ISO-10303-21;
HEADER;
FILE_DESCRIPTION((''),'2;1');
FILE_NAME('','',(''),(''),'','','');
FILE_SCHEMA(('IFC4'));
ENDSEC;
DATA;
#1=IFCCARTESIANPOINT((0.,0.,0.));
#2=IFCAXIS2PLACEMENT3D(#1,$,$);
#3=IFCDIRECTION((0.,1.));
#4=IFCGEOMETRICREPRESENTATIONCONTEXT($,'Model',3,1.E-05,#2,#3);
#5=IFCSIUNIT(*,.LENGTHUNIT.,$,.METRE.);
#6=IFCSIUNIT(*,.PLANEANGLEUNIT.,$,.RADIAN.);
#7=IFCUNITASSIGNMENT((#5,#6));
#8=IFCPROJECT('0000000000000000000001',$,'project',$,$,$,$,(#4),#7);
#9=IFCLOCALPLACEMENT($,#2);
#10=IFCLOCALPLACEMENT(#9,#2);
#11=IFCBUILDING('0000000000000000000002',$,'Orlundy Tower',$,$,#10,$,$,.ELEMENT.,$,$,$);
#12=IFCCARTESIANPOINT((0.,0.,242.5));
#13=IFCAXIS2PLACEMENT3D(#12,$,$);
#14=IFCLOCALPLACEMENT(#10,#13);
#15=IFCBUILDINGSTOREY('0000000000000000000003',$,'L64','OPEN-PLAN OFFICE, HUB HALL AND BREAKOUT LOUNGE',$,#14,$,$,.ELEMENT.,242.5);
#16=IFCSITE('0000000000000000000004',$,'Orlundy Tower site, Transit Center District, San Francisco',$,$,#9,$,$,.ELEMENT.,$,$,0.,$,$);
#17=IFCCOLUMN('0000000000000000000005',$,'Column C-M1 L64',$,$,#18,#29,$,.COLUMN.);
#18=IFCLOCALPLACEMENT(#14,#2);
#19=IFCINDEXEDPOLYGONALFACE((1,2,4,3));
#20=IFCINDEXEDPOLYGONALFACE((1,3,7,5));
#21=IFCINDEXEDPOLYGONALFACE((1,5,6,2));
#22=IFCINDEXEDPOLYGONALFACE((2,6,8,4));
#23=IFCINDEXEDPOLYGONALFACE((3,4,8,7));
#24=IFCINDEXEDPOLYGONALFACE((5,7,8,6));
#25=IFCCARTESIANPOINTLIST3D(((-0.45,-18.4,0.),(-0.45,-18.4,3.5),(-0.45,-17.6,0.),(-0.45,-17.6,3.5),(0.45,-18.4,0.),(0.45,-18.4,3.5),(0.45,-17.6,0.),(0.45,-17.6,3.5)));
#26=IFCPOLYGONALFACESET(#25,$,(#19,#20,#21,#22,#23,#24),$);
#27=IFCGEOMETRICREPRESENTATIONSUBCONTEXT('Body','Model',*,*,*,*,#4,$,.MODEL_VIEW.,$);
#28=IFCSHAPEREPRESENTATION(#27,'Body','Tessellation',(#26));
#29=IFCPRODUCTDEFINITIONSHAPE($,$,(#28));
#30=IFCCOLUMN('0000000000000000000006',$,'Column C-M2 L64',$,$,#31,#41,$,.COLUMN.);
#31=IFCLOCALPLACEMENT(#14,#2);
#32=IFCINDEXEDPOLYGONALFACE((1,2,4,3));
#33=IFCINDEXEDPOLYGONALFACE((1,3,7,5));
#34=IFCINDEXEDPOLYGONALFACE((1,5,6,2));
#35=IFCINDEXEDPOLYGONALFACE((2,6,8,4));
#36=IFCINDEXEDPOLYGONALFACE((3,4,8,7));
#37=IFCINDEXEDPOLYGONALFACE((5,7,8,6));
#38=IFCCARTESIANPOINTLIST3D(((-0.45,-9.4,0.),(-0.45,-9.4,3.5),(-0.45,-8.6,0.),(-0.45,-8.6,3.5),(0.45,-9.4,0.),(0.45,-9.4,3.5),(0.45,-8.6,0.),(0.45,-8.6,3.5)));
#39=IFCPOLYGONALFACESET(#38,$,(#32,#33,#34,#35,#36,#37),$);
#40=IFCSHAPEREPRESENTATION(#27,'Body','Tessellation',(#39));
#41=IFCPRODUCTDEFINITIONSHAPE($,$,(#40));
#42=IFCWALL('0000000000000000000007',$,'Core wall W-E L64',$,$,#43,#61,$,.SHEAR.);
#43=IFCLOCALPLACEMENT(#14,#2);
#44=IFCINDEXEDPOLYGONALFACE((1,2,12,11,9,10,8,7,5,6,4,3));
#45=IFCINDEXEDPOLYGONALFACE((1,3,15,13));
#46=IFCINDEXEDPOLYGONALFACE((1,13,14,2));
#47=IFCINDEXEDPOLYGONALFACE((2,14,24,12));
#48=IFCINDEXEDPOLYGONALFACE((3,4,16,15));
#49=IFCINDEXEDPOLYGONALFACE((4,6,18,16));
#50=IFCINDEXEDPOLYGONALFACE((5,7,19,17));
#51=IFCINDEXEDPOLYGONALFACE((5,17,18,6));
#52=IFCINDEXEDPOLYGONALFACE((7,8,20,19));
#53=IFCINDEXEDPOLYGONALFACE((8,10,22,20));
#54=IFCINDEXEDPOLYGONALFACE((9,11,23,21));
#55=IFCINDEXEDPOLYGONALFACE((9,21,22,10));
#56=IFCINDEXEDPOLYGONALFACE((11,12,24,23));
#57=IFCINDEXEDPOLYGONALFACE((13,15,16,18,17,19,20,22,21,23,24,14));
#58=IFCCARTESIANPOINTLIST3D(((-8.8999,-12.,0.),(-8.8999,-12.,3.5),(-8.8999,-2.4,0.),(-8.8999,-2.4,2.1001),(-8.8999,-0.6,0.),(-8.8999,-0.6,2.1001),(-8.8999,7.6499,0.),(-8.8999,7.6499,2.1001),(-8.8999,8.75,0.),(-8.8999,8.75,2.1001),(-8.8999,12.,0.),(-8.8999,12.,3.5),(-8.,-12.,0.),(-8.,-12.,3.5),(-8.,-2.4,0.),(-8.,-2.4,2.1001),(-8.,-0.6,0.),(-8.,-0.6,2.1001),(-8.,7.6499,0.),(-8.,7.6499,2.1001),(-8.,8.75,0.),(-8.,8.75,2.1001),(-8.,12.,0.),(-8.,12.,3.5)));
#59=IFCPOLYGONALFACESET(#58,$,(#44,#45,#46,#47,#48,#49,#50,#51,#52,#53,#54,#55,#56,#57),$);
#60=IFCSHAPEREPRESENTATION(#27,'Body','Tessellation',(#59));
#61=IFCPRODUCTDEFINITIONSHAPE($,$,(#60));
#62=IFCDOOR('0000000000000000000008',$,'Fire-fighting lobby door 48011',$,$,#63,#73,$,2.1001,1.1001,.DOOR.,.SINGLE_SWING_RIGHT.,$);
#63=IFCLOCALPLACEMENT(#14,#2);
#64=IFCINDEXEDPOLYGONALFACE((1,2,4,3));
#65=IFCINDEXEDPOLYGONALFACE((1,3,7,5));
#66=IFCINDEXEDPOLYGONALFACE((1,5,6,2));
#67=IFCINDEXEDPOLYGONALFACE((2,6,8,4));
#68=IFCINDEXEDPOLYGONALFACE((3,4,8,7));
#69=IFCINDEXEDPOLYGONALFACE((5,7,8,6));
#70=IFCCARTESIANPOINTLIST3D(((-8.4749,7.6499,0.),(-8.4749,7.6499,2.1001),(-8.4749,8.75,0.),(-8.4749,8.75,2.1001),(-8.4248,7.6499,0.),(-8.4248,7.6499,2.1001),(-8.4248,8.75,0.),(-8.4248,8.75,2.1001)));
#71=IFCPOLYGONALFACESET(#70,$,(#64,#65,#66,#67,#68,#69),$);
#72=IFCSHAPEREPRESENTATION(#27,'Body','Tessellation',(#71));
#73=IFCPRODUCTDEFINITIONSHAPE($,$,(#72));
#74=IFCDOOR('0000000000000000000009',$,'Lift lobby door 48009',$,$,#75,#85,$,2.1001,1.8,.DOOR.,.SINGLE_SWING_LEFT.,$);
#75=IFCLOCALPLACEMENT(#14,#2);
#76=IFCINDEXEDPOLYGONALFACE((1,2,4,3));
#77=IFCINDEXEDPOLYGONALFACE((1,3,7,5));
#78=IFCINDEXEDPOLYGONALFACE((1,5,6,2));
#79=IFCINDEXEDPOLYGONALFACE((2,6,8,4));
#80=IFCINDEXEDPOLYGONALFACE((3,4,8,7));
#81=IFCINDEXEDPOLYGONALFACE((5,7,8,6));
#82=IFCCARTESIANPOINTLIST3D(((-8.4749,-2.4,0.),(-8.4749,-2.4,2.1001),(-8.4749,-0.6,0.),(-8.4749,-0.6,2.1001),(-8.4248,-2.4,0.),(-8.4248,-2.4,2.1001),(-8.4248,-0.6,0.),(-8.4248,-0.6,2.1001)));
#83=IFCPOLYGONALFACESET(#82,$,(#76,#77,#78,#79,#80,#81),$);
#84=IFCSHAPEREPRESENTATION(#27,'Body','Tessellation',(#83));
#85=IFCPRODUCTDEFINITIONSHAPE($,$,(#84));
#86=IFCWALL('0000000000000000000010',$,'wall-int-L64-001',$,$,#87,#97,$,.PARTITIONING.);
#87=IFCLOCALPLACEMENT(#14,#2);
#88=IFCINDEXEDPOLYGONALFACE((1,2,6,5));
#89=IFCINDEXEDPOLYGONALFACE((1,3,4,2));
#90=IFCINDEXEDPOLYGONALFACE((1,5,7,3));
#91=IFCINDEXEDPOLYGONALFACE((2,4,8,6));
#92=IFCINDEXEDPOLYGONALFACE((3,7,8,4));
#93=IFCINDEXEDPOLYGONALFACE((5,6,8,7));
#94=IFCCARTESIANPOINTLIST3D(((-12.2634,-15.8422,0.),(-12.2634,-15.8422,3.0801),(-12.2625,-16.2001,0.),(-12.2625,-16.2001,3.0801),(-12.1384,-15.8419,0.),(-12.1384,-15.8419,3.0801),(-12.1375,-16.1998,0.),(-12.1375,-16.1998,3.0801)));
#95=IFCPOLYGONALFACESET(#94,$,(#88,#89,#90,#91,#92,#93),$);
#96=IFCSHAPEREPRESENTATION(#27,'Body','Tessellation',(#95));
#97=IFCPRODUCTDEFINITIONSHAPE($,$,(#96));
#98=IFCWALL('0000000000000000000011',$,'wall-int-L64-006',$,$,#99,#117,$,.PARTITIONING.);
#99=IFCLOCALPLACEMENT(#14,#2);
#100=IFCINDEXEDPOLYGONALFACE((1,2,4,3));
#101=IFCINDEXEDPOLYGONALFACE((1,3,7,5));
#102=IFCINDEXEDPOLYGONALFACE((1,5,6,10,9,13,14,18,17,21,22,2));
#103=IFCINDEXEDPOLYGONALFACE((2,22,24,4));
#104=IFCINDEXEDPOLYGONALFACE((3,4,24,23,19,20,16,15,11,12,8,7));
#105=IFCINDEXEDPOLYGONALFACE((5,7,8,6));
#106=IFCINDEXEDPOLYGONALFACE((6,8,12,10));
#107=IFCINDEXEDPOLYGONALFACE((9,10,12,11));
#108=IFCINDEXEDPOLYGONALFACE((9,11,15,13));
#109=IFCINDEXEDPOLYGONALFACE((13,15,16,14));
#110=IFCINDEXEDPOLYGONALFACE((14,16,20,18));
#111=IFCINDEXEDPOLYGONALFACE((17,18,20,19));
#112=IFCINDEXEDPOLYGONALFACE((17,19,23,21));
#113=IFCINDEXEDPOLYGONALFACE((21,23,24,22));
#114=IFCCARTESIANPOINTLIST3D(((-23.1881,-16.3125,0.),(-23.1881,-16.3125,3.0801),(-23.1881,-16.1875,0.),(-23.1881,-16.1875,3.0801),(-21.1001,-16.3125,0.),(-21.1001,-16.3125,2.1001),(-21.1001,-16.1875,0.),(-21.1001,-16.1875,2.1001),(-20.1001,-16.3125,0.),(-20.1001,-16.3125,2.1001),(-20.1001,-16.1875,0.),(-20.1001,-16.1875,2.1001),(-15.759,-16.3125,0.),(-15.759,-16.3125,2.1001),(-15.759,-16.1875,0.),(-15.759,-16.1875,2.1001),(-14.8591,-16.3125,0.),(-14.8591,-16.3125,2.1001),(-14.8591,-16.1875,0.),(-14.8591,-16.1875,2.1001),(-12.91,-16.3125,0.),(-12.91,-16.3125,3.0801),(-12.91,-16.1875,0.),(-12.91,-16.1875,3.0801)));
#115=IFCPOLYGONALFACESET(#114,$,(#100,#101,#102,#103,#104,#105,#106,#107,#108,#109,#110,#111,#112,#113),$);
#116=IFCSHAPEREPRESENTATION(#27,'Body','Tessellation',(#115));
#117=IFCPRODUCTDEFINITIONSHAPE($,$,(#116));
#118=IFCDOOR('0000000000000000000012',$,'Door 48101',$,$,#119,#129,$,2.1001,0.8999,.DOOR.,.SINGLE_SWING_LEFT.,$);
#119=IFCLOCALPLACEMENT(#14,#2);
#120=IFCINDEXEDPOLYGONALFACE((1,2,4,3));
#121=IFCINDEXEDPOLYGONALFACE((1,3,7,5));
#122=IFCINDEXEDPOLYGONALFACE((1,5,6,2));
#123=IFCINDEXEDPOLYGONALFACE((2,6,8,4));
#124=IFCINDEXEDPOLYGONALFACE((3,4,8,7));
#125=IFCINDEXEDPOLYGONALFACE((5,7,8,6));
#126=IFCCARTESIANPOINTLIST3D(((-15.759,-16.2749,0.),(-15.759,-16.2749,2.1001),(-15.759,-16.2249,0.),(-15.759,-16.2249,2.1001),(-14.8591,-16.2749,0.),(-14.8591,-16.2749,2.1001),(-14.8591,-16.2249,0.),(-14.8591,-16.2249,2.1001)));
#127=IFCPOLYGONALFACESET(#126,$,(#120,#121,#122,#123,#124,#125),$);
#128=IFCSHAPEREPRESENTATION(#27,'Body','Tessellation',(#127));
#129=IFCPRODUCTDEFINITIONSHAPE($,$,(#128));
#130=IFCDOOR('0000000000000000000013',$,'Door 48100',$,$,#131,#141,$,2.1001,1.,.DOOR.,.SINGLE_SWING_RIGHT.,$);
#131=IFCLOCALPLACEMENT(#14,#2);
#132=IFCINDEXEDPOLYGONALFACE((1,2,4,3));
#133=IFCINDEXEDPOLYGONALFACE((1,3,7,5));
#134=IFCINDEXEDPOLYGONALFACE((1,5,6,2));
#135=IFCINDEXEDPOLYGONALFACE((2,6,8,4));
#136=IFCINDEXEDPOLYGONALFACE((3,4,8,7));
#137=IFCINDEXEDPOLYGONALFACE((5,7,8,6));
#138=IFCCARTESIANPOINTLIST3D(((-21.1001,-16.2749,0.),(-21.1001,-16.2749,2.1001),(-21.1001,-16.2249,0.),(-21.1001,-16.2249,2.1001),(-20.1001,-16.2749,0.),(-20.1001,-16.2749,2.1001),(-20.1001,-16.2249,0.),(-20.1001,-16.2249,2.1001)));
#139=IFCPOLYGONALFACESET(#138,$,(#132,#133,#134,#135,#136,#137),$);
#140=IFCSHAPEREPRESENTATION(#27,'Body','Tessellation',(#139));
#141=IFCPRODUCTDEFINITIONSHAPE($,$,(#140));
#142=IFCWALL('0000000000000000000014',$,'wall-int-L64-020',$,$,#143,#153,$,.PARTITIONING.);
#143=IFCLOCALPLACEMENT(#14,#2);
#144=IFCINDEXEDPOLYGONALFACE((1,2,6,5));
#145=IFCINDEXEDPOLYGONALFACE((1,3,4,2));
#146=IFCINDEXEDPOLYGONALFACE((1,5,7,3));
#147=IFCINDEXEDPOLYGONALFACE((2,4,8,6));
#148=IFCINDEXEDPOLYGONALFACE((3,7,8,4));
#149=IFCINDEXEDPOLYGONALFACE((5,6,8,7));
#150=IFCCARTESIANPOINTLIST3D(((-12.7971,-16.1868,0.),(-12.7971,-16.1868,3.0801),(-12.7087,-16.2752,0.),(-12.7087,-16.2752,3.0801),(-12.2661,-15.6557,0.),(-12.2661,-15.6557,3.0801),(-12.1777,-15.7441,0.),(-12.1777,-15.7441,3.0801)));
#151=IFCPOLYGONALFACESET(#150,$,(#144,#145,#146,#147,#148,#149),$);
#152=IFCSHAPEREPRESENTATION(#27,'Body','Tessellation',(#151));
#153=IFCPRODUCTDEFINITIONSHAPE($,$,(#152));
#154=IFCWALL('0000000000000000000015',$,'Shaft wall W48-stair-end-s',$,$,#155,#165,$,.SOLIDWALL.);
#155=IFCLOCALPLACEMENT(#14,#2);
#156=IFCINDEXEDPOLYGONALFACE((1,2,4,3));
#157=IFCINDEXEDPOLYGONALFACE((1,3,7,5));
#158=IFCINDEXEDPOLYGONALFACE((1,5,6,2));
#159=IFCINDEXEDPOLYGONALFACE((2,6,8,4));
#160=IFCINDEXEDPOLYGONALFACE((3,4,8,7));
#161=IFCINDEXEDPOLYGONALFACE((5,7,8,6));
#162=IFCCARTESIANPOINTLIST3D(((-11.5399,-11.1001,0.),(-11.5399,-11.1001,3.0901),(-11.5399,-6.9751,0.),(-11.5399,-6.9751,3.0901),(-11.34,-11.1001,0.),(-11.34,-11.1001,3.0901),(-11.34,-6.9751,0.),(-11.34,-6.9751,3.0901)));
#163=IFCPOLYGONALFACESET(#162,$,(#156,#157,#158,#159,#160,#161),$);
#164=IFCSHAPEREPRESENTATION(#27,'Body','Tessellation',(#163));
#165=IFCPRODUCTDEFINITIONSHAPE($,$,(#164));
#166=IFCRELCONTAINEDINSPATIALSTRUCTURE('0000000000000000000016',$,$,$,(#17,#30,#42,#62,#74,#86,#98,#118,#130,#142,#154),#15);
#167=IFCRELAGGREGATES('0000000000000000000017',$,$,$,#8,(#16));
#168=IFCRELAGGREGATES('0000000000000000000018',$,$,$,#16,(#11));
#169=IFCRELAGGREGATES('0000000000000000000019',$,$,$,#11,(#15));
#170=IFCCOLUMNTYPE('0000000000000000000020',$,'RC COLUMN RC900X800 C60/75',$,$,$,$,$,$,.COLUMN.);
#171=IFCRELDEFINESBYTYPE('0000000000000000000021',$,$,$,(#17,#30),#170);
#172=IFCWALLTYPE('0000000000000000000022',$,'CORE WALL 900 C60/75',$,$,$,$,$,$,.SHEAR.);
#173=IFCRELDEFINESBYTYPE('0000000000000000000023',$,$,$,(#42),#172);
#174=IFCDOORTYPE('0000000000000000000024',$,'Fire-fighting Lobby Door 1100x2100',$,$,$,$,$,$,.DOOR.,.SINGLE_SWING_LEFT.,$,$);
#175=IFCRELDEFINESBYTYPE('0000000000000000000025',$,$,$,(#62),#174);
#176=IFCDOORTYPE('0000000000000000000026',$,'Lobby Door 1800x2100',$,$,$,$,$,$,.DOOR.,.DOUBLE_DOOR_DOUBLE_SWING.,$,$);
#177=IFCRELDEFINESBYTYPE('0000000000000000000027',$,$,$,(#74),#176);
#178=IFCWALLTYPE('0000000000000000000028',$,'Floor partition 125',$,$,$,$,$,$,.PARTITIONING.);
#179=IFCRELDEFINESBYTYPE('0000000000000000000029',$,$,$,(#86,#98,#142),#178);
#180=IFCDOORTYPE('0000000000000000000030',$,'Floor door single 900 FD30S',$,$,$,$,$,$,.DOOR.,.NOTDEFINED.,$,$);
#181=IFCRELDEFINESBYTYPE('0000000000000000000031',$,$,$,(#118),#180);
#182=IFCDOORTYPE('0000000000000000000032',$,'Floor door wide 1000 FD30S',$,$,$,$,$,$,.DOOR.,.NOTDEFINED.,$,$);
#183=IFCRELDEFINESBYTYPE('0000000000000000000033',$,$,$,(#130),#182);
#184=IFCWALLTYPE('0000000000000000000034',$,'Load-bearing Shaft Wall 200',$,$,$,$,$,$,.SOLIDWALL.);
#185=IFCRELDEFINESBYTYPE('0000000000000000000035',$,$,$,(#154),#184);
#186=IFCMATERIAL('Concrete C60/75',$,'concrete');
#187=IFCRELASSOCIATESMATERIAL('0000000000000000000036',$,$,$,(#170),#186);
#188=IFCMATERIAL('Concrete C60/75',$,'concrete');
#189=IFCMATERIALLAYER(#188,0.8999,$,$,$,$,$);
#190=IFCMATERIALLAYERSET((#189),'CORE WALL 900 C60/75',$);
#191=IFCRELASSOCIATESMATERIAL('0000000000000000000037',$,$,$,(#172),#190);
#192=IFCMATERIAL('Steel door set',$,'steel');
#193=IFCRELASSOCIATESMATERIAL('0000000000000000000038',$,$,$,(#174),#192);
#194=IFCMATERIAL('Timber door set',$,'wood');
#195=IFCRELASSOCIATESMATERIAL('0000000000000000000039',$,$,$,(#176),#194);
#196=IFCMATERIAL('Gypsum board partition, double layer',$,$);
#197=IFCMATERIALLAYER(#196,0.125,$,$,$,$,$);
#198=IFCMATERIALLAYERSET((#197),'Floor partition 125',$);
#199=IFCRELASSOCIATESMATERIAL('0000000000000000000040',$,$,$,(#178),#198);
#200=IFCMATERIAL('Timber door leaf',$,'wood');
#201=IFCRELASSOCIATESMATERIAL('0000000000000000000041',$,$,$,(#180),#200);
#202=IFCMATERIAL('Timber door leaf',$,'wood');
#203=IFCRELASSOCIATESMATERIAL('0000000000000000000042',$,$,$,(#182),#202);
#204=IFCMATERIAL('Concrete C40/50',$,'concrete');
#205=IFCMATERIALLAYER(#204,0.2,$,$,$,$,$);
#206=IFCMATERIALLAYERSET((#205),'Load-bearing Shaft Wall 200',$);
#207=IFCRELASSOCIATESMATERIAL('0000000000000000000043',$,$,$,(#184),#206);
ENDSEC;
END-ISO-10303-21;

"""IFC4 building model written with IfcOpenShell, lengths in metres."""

from ifc_helpers import new_model, si_unit, direction, frame, frame_2d, origin, origin_2d, place, context, subcontext, project, spatial, rectangle, extrude, material, layer, layer_set, material_profile, profile_set, type_object, element, fill, save


model = new_model("IFC4")

# Units and contexts
model_context = context("Model", 3, precision=1e-05, world=origin(), true_north=direction((0.0, 1.0)))
body_context = subcontext(model_context, "Body", "Model", "MODEL_VIEW")
ifc_project = project(units=[si_unit("LENGTHUNIT", "METRE"), si_unit("PLANEANGLEUNIT", "RADIAN")], contexts=[model_context])

# Site, building, storey
site_placement = place(None, origin())
site = spatial("IfcSite", under=ifc_project, at=site_placement, Name="Orlundy Tower site, Transit Center District, San Francisco", CompositionType="ELEMENT", RefElevation=0.0)
building_placement = place(site_placement, origin())
building = spatial("IfcBuilding", under=site, at=building_placement, Name="Orlundy Tower", CompositionType="ELEMENT")
storey_placement = place(building_placement, frame((0.0, 0.0, 242.5)))
storey = spatial("IfcBuildingStorey", under=building, at=storey_placement, Name="L64", Description="OPEN-PLAN OFFICE, HUB HALL AND BREAKOUT LOUNGE", CompositionType="ELEMENT", Elevation=242.5)

# Columns
ifc_material_1 = material(Name="Concrete C60/75", Category="concrete")
ifc_material_profile = material_profile(ifc_material_1, rectangle(XDim=0.8999, YDim=0.8, at=origin_2d()), Name="RC900X800")
ifc_profile_set = profile_set([ifc_material_profile], Name="Concrete C60/75")
column_type = type_object("IfcColumnType", Name="RC COLUMN RC900X800 C60/75", PredefinedType="COLUMN", material=ifc_profile_set)
for number, where, z_axis, x_axis, name in (
    (1, (0.0, -18.0, 0.0), (0.0, 0.0, 1.0), (1.0, 0.0, 0.0), "Column C-M1 L64"),
    (2, (0.0, -9.0, 0.0), (0.0, 0.0, 1.0), (1.0, 0.0, 0.0), "Column C-M2 L64"),
):
    element("IfcColumn", number, at=place(storey_placement, frame(where, z_axis=z_axis, x_axis=x_axis)), inside=storey, type_object=column_type, Name=name, PredefinedType="COLUMN", context=body_context, shape_type="SweptSolid", body=[
        extrude(rectangle(XDim=0.8999, YDim=0.8, at=origin_2d()), origin(), (0.0, 0.0, 1.0), 3.5),
    ])

# Wall, openings, doors
ifc_material_2 = material(Name="Concrete C60/75", Category="concrete")
ifc_layer_1 = layer(ifc_material_2, 0.8999)
ifc_layer_set_1 = layer_set([ifc_layer_1], Name="CORE WALL 900 C60/75")
wall_type_1 = type_object("IfcWallType", Name="CORE WALL 900 C60/75", PredefinedType="SHEAR", material=ifc_layer_set_1)
wall_1_placement = place(storey_placement, frame((-8.45, -12.0, 0.0), z_axis=(0.0, 0.0, 1.0), x_axis=(0.0, 1.0, 0.0)))
wall_1 = element("IfcWall", 3, at=wall_1_placement, inside=storey, type_object=wall_type_1, Name="Core wall W-E L64", PredefinedType="SHEAR", context=body_context, shape_type="SweptSolid", body=[
    extrude(rectangle(XDim=24.0, YDim=0.8999, at=frame_2d((12.0, 0.0))), origin(), (0.0, 0.0, 1.0), 3.5),
])
opening_1_placement = place(wall_1_placement, frame((9.6001, 0.0, 0.0)))
opening_1 = element("IfcOpeningElement", 4, at=opening_1_placement, cuts=wall_1, PredefinedType="OPENING", context=body_context, shape_type="SweptSolid", body=[
    extrude(rectangle(XDim=1.8, YDim=2.1001, at=frame_2d((0.8999, 1.05))), frame((0.0, 0.46, 0.0), z_axis=(0.0, -1.0, 0.0), x_axis=(1.0, 0.0, 0.0)), (0.0, 0.0, 1.0), 0.9199),
])
opening_2_placement = place(wall_1_placement, frame((19.6499, 0.0, 0.0)))
opening_2 = element("IfcOpeningElement", 5, at=opening_2_placement, cuts=wall_1, PredefinedType="OPENING", context=body_context, shape_type="SweptSolid", body=[
    extrude(rectangle(XDim=1.1001, YDim=2.1001, at=frame_2d((0.55, 1.05))), frame((0.0, 0.46, 0.0), z_axis=(0.0, -1.0, 0.0), x_axis=(1.0, 0.0, 0.0)), (0.0, 0.0, 1.0), 0.9199),
])
ifc_material_3 = material(Name="Steel door set", Category="steel")
door_type_1 = type_object("IfcDoorType", Name="Fire-fighting Lobby Door 1100x2100", OperationType="SINGLE_SWING_LEFT", PredefinedType="DOOR", material=ifc_material_3)
door_1_placement = place(opening_2_placement, origin())
door_1 = element("IfcDoor", 6, at=door_1_placement, inside=storey, type_object=door_type_1, Name="Fire-fighting lobby door 48011", OperationType="SINGLE_SWING_RIGHT", OverallHeight=2.1001, OverallWidth=1.1001, PredefinedType="DOOR", context=body_context, shape_type="SweptSolid", body=[
    extrude(rectangle(XDim=1.1001, YDim=2.1001, at=frame_2d((0.55, 1.05))), frame((0.0, 0.0249, 0.0), z_axis=(0.0, -1.0, 0.0), x_axis=(1.0, 0.0, 0.0)), (0.0, 0.0, 1.0), 0.05),
])
fill(opening_2, door_1)
ifc_material_4 = material(Name="Timber door set", Category="wood")
door_type_2 = type_object("IfcDoorType", Name="Lobby Door 1800x2100", OperationType="DOUBLE_DOOR_DOUBLE_SWING", PredefinedType="DOOR", material=ifc_material_4)
door_2_placement = place(opening_1_placement, origin())
door_2 = element("IfcDoor", 7, at=door_2_placement, inside=storey, type_object=door_type_2, Name="Lift lobby door 48009", OperationType="SINGLE_SWING_LEFT", OverallHeight=2.1001, OverallWidth=1.8, PredefinedType="DOOR", context=body_context, shape_type="SweptSolid", body=[
    extrude(rectangle(XDim=1.8, YDim=2.1001, at=frame_2d((0.8999, 1.05))), frame((0.0, 0.0249, 0.0), z_axis=(0.0, -1.0, 0.0), x_axis=(1.0, 0.0, 0.0)), (0.0, 0.0, 1.0), 0.05),
])
fill(opening_1, door_2)

# Wall
ifc_material_5 = material(Name="Gypsum board partition, double layer")
ifc_layer_2 = layer(ifc_material_5, 0.125)
ifc_layer_set_2 = layer_set([ifc_layer_2], Name="Floor partition 125")
wall_type_2 = type_object("IfcWallType", Name="Floor partition 125", PredefinedType="PARTITIONING", material=ifc_layer_set_2)
wall_2_placement = place(storey_placement, frame((-12.2009, -15.842, 0.0), z_axis=(0.0, 0.0, 1.0), x_axis=(0.002729, -0.999996, 0.0)))
element("IfcWall", 8, at=wall_2_placement, inside=storey, type_object=wall_type_2, Name="wall-int-L64-001", PredefinedType="PARTITIONING", context=body_context, shape_type="SweptSolid", body=[
    extrude(rectangle(XDim=0.3579, YDim=0.125, at=frame_2d((0.179, 0.0))), origin(), (0.0, 0.0, 1.0), 3.0801),
])

# Wall, openings, doors
wall_3_placement = place(storey_placement, frame((-12.9099, -16.25, 0.0), z_axis=(0.0, 0.0, 1.0), x_axis=(-1.0, 0.0, 0.0)))
wall_3 = element("IfcWall", 9, at=wall_3_placement, inside=storey, type_object=wall_type_2, Name="wall-int-L64-006", PredefinedType="PARTITIONING", context=body_context, shape_type="SweptSolid", body=[
    extrude(rectangle(XDim=10.2781, YDim=0.125, at=frame_2d((5.1392, 0.0))), origin(), (0.0, 0.0, 1.0), 3.0801),
])
opening_3_placement = place(wall_3_placement, frame((7.1902, 0.0, 0.0)))
opening_3 = element("IfcOpeningElement", 10, at=opening_3_placement, cuts=wall_3, PredefinedType="OPENING", context=body_context, shape_type="SweptSolid", body=[
    extrude(rectangle(XDim=1.0, YDim=2.1001, at=frame_2d((0.5, 1.05))), frame((0.0, 0.0725, 0.0), z_axis=(0.0, -1.0, 0.0), x_axis=(1.0, 0.0, 0.0)), (0.0, 0.0, 1.0), 0.145),
])
opening_4_placement = place(wall_3_placement, frame((1.9492, 0.0, 0.0)))
opening_4 = element("IfcOpeningElement", 11, at=opening_4_placement, cuts=wall_3, PredefinedType="OPENING", context=body_context, shape_type="SweptSolid", body=[
    extrude(rectangle(XDim=0.8999, YDim=2.1001, at=frame_2d((0.45, 1.05))), frame((0.0, 0.0725, 0.0), z_axis=(0.0, -1.0, 0.0), x_axis=(1.0, 0.0, 0.0)), (0.0, 0.0, 1.0), 0.145),
])
ifc_material_6 = material(Name="Timber door leaf", Category="wood")
door_type_3 = type_object("IfcDoorType", Name="Floor door single 900 FD30S", OperationType="NOTDEFINED", PredefinedType="DOOR", material=ifc_material_6)
door_3_placement = place(opening_4_placement, origin())
door_3 = element("IfcDoor", 12, at=door_3_placement, inside=storey, type_object=door_type_3, Name="Door 48101", OperationType="SINGLE_SWING_LEFT", OverallHeight=2.1001, OverallWidth=0.8999, PredefinedType="DOOR", context=body_context, shape_type="SweptSolid", body=[
    extrude(rectangle(XDim=0.8999, YDim=2.1001, at=frame_2d((0.45, 1.05))), frame((0.0, 0.0249, 0.0), z_axis=(0.0, -1.0, 0.0), x_axis=(1.0, 0.0, 0.0)), (0.0, 0.0, 1.0), 0.05),
])
fill(opening_4, door_3)
ifc_material_7 = material(Name="Timber door leaf", Category="wood")
door_type_4 = type_object("IfcDoorType", Name="Floor door wide 1000 FD30S", OperationType="NOTDEFINED", PredefinedType="DOOR", material=ifc_material_7)
door_4_placement = place(opening_3_placement, origin())
door_4 = element("IfcDoor", 13, at=door_4_placement, inside=storey, type_object=door_type_4, Name="Door 48100", OperationType="SINGLE_SWING_RIGHT", OverallHeight=2.1001, OverallWidth=1.0, PredefinedType="DOOR", context=body_context, shape_type="SweptSolid", body=[
    extrude(rectangle(XDim=1.0, YDim=2.1001, at=frame_2d((0.5, 1.05))), frame((0.0, 0.0249, 0.0), z_axis=(0.0, -1.0, 0.0), x_axis=(1.0, 0.0, 0.0)), (0.0, 0.0, 1.0), 0.05),
])
fill(opening_3, door_4)

# Walls
wall_4_placement = place(storey_placement, frame((-12.7529, -16.231, 0.0), z_axis=(0.0, 0.0, 1.0), x_axis=(0.707107, 0.707107, 0.0)))
element("IfcWall", 14, at=wall_4_placement, inside=storey, type_object=wall_type_2, Name="wall-int-L64-020", PredefinedType="PARTITIONING", context=body_context, shape_type="SweptSolid", body=[
    extrude(rectangle(XDim=0.751, YDim=0.125, at=frame_2d((0.3755, 0.0))), origin(), (0.0, 0.0, 1.0), 3.0801),
])
ifc_material_8 = material(Name="Concrete C40/50", Category="concrete")
ifc_layer_3 = layer(ifc_material_8, 0.2)
ifc_layer_set_3 = layer_set([ifc_layer_3], Name="Load-bearing Shaft Wall 200")
wall_type_3 = type_object("IfcWallType", Name="Load-bearing Shaft Wall 200", PredefinedType="SOLIDWALL", material=ifc_layer_set_3)
wall_5_placement = place(storey_placement, frame((-11.4399, -11.1001, 0.0), z_axis=(0.0, 0.0, 1.0), x_axis=(0.0, 1.0, 0.0)))
element("IfcWall", 15, at=wall_5_placement, inside=storey, type_object=wall_type_3, Name="Shaft wall W48-stair-end-s", PredefinedType="SOLIDWALL", context=body_context, shape_type="SweptSolid", body=[
    extrude(rectangle(XDim=4.125, YDim=0.2, at=frame_2d((2.0625, 0.0))), origin(), (0.0, 0.0, 1.0), 3.0901),
])

save(model, "model.ifc")
